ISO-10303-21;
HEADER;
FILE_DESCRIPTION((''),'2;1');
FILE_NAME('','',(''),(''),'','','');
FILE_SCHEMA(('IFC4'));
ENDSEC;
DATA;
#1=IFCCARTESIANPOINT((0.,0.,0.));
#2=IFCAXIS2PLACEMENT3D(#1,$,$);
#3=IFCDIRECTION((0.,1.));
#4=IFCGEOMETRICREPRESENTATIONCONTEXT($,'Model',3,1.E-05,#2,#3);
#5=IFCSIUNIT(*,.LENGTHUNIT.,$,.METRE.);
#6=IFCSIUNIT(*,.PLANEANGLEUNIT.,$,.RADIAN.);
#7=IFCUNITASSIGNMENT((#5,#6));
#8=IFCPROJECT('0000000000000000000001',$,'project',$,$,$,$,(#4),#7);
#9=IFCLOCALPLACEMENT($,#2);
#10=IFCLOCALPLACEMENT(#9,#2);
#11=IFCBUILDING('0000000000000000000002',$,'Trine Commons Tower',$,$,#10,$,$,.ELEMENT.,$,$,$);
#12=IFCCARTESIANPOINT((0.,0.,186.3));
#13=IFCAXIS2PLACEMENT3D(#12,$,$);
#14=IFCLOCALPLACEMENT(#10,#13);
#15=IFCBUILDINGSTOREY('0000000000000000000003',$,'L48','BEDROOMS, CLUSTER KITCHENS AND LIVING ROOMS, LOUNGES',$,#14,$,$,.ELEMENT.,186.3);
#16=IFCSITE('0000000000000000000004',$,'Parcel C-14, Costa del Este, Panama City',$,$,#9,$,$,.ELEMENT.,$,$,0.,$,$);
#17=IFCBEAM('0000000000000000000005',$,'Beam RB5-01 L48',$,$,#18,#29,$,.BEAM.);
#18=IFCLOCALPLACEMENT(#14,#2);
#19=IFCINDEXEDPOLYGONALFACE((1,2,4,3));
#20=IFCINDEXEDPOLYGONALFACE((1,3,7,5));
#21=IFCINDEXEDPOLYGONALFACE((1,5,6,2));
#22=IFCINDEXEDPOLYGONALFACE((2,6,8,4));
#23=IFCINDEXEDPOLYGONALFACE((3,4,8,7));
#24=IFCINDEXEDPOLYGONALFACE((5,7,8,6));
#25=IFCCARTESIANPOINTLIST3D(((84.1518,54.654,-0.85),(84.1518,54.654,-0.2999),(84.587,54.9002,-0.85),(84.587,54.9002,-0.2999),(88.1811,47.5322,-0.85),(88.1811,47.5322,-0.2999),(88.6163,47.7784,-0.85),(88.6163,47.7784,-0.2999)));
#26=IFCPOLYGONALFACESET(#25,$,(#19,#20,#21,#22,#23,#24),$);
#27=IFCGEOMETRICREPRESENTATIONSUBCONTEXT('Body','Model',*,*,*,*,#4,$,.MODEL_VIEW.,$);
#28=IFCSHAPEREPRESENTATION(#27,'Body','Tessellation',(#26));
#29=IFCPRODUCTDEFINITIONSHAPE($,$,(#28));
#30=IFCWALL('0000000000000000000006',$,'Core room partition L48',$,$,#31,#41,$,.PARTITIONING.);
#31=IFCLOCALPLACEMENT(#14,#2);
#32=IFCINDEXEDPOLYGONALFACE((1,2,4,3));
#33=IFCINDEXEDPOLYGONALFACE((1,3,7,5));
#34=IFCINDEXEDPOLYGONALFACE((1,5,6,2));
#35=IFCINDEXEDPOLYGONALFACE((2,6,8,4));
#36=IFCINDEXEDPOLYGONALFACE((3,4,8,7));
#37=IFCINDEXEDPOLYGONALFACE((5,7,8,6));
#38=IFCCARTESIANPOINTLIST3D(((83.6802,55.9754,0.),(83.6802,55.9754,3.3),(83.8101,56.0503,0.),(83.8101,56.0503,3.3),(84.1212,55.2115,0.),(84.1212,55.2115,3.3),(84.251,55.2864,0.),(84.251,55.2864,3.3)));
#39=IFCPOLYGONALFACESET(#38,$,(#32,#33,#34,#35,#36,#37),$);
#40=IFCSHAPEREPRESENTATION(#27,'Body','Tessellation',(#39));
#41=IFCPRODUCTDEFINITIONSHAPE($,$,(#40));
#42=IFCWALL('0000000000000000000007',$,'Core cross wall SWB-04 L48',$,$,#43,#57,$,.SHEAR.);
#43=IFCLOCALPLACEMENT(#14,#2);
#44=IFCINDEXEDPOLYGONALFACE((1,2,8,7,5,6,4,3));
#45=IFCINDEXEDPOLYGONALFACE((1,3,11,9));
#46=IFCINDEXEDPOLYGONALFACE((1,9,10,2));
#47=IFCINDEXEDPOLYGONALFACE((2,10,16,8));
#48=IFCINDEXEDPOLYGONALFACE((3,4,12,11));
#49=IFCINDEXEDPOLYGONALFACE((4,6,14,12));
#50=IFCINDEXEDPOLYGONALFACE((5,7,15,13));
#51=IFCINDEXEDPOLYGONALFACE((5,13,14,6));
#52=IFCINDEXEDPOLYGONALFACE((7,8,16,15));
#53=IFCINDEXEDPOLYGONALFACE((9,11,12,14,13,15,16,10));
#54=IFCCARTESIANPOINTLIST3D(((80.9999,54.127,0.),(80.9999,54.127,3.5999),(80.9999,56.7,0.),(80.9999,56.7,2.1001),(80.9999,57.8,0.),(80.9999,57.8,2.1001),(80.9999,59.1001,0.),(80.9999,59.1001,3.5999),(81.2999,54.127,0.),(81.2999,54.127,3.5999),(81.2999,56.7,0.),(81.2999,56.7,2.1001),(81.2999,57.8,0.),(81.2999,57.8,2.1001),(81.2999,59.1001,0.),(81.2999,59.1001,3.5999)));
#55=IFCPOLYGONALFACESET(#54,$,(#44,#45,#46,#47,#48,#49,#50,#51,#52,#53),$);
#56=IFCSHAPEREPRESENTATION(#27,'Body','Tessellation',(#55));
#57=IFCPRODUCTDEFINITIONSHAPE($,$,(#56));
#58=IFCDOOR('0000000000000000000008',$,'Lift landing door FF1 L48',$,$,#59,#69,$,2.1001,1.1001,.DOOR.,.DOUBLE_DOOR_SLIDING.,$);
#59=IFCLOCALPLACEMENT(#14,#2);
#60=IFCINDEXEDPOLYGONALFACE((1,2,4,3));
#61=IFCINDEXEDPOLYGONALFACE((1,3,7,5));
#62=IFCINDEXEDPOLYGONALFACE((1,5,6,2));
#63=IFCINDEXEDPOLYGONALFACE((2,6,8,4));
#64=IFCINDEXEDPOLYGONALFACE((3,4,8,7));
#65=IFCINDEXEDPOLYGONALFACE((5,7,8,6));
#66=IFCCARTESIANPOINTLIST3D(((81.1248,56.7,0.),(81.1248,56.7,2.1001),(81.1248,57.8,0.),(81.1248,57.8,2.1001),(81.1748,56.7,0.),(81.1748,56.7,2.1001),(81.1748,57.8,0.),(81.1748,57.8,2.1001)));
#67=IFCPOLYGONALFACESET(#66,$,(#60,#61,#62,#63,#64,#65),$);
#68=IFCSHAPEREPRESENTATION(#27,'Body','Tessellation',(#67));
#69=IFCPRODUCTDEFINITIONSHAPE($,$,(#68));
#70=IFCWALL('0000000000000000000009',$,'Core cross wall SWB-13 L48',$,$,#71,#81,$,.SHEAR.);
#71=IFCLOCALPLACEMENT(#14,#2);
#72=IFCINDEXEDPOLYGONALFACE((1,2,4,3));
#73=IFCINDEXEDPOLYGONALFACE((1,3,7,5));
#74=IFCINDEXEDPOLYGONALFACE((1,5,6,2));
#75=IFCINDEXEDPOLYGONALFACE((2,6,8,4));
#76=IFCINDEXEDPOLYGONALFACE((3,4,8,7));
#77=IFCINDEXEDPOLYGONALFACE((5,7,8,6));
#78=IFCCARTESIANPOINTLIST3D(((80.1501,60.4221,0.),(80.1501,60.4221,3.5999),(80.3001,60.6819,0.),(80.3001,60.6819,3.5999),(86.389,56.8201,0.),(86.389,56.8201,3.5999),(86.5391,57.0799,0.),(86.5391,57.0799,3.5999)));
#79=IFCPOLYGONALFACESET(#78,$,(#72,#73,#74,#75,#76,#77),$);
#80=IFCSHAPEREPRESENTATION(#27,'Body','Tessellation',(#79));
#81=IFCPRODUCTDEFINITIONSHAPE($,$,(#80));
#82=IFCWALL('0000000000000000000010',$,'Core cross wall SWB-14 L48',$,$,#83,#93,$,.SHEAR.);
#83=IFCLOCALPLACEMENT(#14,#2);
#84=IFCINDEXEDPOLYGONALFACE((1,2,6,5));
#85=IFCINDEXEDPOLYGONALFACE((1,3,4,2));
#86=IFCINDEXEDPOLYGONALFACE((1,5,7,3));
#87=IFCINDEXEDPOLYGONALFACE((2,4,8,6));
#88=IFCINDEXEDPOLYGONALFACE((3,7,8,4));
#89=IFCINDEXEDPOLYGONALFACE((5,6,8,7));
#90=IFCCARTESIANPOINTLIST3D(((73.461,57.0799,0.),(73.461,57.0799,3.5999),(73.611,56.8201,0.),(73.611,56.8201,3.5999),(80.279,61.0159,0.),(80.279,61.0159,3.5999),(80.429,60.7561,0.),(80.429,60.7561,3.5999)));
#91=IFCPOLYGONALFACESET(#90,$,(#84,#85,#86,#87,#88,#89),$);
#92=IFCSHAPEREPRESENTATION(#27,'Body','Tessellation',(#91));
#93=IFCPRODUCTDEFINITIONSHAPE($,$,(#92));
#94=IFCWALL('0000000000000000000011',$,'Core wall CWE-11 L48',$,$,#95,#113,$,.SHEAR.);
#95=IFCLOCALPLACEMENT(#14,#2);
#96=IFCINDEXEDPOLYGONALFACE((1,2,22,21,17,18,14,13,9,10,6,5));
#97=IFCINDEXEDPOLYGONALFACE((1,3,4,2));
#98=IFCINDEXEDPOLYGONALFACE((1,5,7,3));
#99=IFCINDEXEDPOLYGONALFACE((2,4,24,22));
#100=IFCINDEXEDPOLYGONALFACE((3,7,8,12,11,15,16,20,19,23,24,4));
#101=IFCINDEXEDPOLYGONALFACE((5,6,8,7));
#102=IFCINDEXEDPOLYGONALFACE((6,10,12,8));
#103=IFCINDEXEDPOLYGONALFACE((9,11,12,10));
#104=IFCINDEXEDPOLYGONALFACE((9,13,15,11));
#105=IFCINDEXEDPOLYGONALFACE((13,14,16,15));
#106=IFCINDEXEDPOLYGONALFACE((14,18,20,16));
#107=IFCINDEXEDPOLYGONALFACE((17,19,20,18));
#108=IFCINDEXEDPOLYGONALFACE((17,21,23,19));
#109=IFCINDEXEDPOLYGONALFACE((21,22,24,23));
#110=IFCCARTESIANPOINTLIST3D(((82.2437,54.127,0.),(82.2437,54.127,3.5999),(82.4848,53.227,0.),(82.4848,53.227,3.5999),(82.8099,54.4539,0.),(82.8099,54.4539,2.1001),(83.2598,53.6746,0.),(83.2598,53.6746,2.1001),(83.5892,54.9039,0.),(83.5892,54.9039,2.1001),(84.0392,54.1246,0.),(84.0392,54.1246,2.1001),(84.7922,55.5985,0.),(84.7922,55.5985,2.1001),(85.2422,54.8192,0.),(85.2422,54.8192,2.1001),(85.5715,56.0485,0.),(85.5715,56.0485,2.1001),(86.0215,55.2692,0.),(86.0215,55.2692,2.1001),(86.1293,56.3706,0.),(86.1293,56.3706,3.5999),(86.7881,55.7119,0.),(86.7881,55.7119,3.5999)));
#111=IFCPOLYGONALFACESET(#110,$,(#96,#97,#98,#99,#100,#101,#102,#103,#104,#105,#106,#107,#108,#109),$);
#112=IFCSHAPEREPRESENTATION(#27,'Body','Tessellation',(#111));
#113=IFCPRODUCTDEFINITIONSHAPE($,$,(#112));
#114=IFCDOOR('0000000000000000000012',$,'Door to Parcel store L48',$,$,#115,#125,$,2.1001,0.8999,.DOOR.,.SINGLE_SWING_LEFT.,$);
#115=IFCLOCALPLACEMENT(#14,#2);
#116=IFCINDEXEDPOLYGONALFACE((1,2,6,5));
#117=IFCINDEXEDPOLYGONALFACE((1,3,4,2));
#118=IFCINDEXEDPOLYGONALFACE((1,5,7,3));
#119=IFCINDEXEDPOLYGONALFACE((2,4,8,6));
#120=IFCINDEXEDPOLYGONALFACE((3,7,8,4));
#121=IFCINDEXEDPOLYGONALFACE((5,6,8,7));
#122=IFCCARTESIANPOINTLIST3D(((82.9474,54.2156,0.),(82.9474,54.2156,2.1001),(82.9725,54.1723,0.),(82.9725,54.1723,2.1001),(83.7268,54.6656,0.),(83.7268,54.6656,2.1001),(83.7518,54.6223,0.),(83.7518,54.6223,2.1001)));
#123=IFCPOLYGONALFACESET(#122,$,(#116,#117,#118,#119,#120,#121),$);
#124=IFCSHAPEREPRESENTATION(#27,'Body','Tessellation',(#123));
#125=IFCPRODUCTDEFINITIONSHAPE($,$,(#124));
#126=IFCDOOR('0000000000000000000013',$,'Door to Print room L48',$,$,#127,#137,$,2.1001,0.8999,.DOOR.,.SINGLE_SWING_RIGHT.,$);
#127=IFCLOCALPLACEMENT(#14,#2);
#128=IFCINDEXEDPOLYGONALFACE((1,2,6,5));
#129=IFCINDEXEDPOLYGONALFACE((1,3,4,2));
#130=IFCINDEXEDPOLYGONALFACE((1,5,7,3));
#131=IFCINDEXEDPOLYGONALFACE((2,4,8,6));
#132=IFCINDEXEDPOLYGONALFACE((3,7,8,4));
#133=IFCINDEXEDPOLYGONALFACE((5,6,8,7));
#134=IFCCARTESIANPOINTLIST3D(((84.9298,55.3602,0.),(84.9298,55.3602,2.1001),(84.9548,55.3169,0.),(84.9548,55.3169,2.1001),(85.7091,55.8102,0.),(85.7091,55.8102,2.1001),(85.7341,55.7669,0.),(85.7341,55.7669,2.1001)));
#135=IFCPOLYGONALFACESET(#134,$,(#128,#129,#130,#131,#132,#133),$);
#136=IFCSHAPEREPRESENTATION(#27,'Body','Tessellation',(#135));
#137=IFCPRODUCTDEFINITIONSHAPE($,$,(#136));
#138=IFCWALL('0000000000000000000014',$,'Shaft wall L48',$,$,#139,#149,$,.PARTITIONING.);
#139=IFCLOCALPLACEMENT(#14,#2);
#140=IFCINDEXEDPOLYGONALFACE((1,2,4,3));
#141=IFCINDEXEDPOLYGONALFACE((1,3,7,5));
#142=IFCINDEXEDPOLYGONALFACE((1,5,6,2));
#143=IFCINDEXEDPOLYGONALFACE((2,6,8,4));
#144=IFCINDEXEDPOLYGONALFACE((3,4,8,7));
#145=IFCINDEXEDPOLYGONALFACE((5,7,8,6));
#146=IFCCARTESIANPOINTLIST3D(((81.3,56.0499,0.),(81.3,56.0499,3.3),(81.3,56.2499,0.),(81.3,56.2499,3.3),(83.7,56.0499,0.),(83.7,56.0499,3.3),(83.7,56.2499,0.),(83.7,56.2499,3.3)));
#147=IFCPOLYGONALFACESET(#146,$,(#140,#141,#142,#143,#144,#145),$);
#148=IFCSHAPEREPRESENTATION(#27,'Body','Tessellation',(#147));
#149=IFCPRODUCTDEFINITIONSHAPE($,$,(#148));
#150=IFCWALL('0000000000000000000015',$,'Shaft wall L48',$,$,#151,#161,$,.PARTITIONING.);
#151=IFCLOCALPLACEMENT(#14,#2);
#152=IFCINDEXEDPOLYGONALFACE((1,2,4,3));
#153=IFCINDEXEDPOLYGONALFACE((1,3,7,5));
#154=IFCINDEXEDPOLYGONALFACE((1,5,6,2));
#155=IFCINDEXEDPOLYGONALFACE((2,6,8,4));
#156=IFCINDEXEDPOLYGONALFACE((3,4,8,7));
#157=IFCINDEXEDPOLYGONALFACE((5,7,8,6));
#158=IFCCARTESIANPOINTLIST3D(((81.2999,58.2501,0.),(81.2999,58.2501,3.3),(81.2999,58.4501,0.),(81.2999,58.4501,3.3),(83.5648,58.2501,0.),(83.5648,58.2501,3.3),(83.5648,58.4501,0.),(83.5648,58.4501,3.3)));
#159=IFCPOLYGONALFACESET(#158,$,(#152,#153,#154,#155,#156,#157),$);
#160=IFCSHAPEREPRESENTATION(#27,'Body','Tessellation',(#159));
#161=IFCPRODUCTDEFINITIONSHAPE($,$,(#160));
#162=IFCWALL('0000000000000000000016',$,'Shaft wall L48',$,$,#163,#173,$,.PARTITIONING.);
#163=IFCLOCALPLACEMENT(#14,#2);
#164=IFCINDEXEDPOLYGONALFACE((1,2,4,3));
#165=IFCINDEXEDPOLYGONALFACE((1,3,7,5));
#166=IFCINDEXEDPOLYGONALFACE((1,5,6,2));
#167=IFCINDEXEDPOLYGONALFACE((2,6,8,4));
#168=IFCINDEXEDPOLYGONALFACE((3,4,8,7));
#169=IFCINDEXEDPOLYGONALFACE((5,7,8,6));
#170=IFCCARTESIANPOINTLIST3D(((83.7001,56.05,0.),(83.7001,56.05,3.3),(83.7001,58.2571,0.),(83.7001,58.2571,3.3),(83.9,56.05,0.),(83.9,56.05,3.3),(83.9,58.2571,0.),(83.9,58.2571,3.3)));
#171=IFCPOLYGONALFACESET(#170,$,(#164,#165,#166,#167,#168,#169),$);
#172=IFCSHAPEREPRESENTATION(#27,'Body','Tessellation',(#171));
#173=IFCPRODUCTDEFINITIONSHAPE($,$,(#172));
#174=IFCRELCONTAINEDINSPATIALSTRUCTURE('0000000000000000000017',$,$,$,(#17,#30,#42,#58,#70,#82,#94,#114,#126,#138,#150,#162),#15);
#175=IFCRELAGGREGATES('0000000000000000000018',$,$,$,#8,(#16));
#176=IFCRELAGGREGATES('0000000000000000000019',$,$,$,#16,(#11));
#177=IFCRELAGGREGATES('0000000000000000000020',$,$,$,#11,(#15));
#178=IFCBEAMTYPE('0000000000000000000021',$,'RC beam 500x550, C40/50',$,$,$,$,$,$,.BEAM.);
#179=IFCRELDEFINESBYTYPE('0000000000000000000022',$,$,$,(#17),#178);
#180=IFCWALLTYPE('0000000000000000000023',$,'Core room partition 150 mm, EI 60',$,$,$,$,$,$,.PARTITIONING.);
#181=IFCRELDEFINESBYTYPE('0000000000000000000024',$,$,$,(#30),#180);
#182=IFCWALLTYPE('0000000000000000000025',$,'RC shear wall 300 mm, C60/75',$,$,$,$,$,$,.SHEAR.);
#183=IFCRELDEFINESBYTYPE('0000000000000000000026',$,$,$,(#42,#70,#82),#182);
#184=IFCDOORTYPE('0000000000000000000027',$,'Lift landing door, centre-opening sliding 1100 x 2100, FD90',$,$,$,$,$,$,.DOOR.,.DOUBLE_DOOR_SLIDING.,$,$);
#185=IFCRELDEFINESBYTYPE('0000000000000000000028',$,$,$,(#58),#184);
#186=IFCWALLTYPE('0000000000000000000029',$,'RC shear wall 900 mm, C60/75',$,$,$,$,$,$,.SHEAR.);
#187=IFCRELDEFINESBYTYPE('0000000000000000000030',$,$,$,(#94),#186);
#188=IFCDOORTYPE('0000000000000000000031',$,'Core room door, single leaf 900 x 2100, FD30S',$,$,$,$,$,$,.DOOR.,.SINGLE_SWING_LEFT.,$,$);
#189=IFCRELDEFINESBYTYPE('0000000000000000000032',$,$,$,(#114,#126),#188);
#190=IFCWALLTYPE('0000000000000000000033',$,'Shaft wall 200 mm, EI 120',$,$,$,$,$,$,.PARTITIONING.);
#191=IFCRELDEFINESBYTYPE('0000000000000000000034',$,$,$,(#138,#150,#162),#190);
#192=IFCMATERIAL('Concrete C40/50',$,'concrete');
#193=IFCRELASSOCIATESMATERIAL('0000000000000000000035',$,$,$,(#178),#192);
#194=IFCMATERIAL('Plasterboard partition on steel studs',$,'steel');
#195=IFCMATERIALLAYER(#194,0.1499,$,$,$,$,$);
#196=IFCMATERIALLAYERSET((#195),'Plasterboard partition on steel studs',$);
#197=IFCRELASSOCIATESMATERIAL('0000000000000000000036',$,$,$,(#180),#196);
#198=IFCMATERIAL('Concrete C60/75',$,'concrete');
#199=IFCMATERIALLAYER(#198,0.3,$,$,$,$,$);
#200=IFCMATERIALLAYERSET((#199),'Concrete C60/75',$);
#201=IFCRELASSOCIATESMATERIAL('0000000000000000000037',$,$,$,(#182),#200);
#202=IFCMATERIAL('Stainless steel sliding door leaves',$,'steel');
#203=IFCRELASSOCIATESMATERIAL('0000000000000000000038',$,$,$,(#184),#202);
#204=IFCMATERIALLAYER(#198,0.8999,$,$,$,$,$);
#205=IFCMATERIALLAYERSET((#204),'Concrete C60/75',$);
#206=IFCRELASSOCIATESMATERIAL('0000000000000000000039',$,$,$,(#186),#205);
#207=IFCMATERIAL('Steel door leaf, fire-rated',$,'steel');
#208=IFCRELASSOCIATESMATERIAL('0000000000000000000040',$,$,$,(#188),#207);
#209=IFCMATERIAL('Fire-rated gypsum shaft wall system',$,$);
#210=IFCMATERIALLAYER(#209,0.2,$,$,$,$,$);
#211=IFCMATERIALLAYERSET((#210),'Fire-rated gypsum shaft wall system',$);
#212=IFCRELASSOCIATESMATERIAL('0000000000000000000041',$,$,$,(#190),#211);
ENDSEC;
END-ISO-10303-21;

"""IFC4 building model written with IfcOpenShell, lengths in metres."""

from ifc_helpers import new_model, si_unit, direction, frame, frame_2d, origin, origin_2d, place, context, subcontext, project, spatial, polyline, rectangle, outline, extrude, material, layer, layer_set, material_profile, profile_set, type_object, element, fill, save


model = new_model("IFC4")

# Units and contexts
model_context = context("Model", 3, precision=1e-05, world=origin(), true_north=direction((0.0, 1.0)))
body_context = subcontext(model_context, "Body", "Model", "MODEL_VIEW")
ifc_project = project(units=[si_unit("LENGTHUNIT", "METRE"), si_unit("PLANEANGLEUNIT", "RADIAN")], contexts=[model_context])

# Site, building, storey
site_placement = place(None, origin())
site = spatial("IfcSite", under=ifc_project, at=site_placement, Name="Parcel C-14, Costa del Este, Panama City", CompositionType="ELEMENT", RefElevation=0.0)
building_placement = place(site_placement, origin())
building = spatial("IfcBuilding", under=site, at=building_placement, Name="Trine Commons Tower", CompositionType="ELEMENT")
storey_placement = place(building_placement, frame((0.0, 0.0, 186.3)))
storey = spatial("IfcBuildingStorey", under=building, at=storey_placement, Name="L48", Description="BEDROOMS, CLUSTER KITCHENS AND LIVING ROOMS, LOUNGES", CompositionType="ELEMENT", Elevation=186.3)

# Beam
ifc_material_1 = material(Name="Concrete C40/50", Category="concrete")
ifc_material_profile = material_profile(ifc_material_1, rectangle(XDim=0.5, YDim=0.55, at=origin_2d()), Name="RC 500x550")
ifc_profile_set = profile_set([ifc_material_profile], Name="Concrete C40/50")
beam_type = type_object("IfcBeamType", Name="RC beam 500x550, C40/50", PredefinedType="BEAM", material=ifc_profile_set)
beam_placement = place(storey_placement, frame((84.3694, 54.7771, -0.575), z_axis=(0.49242, -0.870358, 0.0), x_axis=(0.870358, 0.49242, 0.0)))
element("IfcBeam", 1, at=beam_placement, inside=storey, type_object=beam_type, Name="Beam RB5-01 L48", PredefinedType="BEAM", context=body_context, shape_type="SweptSolid", body=[
    extrude(rectangle(XDim=0.5, YDim=0.55, at=origin_2d()), origin(), (0.0, 0.0, 1.0), 8.1826),
])

# Wall
ifc_material_2 = material(Name="Plasterboard partition on steel studs", Category="steel")
ifc_layer_1 = layer(ifc_material_2, 0.1499)
ifc_layer_set_1 = layer_set([ifc_layer_1], Name="Plasterboard partition on steel studs")
wall_type_1 = type_object("IfcWallType", Name="Core room partition 150 mm, EI 60", PredefinedType="PARTITIONING", material=ifc_layer_set_1)
wall_1_placement = place(storey_placement, frame((84.186, 55.249, 0.0), z_axis=(0.0, 0.0, 1.0), x_axis=(-0.49989, 0.866089, 0.0)))
element("IfcWall", 2, at=wall_1_placement, inside=storey, type_object=wall_type_1, Name="Core room partition L48", PredefinedType="PARTITIONING", context=body_context, shape_type="SweptSolid", body=[
    extrude(rectangle(XDim=0.8821, YDim=0.1499, at=frame_2d((0.4409, 0.0))), origin(), (0.0, 0.0, 1.0), 3.3),
])

# Wall, opening, door
ifc_material_3 = material(Name="Concrete C60/75", Category="concrete")
ifc_layer_2 = layer(ifc_material_3, 0.3)
ifc_layer_set_2 = layer_set([ifc_layer_2], Name="Concrete C60/75")
wall_type_2 = type_object("IfcWallType", Name="RC shear wall 300 mm, C60/75", PredefinedType="SHEAR", material=ifc_layer_set_2)
wall_2_placement = place(storey_placement, frame((81.1499, 59.1001, 0.0), z_axis=(0.0, 0.0, 1.0), x_axis=(0.0, -1.0, 0.0)))
wall_2 = element("IfcWall", 3, at=wall_2_placement, inside=storey, type_object=wall_type_2, Name="Core cross wall SWB-04 L48", PredefinedType="SHEAR", context=body_context, shape_type="SweptSolid", body=[
    extrude(rectangle(XDim=4.9731, YDim=0.3, at=frame_2d((2.4866, 0.0))), origin(), (0.0, 0.0, 1.0), 3.5999),
])
opening_1_placement = place(wall_2_placement, frame((1.3, 0.0, 0.0)))
opening_1 = element("IfcOpeningElement", 4, at=opening_1_placement, cuts=wall_2, PredefinedType="OPENING", context=body_context, shape_type="SweptSolid", body=[
    extrude(rectangle(XDim=1.1001, YDim=2.1001, at=frame_2d((0.55, 1.05))), frame((0.0, 0.1599, 0.0), z_axis=(0.0, -1.0, 0.0), x_axis=(1.0, 0.0, 0.0)), (0.0, 0.0, 1.0), 0.3201),
])
ifc_material_4 = material(Name="Stainless steel sliding door leaves", Category="steel")
door_type_1 = type_object("IfcDoorType", Name="Lift landing door, centre-opening sliding 1100 x 2100, FD90", OperationType="DOUBLE_DOOR_SLIDING", PredefinedType="DOOR", material=ifc_material_4)
door_1_placement = place(opening_1_placement, origin())
door_1 = element("IfcDoor", 5, at=door_1_placement, inside=storey, type_object=door_type_1, Name="Lift landing door FF1 L48", OperationType="DOUBLE_DOOR_SLIDING", OverallHeight=2.1001, OverallWidth=1.1001, PredefinedType="DOOR", context=body_context, shape_type="SweptSolid", body=[
    extrude(rectangle(XDim=1.1001, YDim=2.1001, at=frame_2d((0.55, 1.05))), frame((0.0, 0.0249, 0.0), z_axis=(0.0, -1.0, 0.0), x_axis=(1.0, 0.0, 0.0)), (0.0, 0.0, 1.0), 0.05),
])
fill(opening_1, door_1)

# Walls
wall_3_placement = place(storey_placement, frame((80.2251, 60.552, 0.0), z_axis=(0.0, 0.0, 1.0), x_axis=(0.866028, -0.499995, 0.0)))
element("IfcWall", 6, at=wall_3_placement, inside=storey, type_object=wall_type_2, Name="Core cross wall SWB-13 L48", PredefinedType="SHEAR", context=body_context, shape_type="SweptSolid", body=[
    extrude(rectangle(XDim=7.2041, YDim=0.3, at=frame_2d((3.6021, 0.0))), origin(), (0.0, 0.0, 1.0), 3.5999),
])
wall_4_placement = place(storey_placement, frame((80.354, 60.886, 0.0), z_axis=(0.0, 0.0, 1.0), x_axis=(-0.866048, -0.499961, 0.0)))
element("IfcWall", 7, at=wall_4_placement, inside=storey, type_object=wall_type_2, Name="Core cross wall SWB-14 L48", PredefinedType="SHEAR", context=body_context, shape_type="SweptSolid", body=[
    extrude(rectangle(XDim=7.8726, YDim=0.3, at=frame_2d((3.9363, 0.0))), origin(), (0.0, 0.0, 1.0), 3.5999),
])

# Wall, openings, doors
ifc_layer_3 = layer(ifc_material_3, 0.8999)
ifc_layer_set_3 = layer_set([ifc_layer_3], Name="Concrete C60/75")
wall_type_3 = type_object("IfcWallType", Name="RC shear wall 900 mm, C60/75", PredefinedType="SHEAR", material=ifc_layer_set_3)
wall_5_placement = place(storey_placement, frame((82.2598, 53.6167, 0.0), z_axis=(0.0, 0.0, 1.0), x_axis=(0.866003, 0.500039, 0.0)))
wall_5 = element("IfcWall", 8, at=wall_5_placement, inside=storey, type_object=wall_type_3, Name="Core wall CWE-11 L48", PredefinedType="SHEAR", context=body_context, shape_type="SweptSolid", body=[
    extrude(outline(polyline([(0.0, -0.45), (4.9692, -0.45), (4.728, 0.45), (0.2412, 0.45), (0.0, -0.45)])), origin(), (0.0, 0.0, 1.0), 3.5999),
])
opening_2_placement = place(wall_5_placement, frame((0.895, 0.0, 0.0)))
opening_2 = element("IfcOpeningElement", 9, at=opening_2_placement, cuts=wall_5, PredefinedType="OPENING", context=body_context, shape_type="SweptSolid", body=[
    extrude(rectangle(XDim=0.8999, YDim=2.1001, at=frame_2d((0.45, 1.05))), frame((0.0, 0.46, 0.0), z_axis=(0.0, -1.0, 0.0), x_axis=(1.0, 0.0, 0.0)), (0.0, 0.0, 1.0), 0.9199),
])
opening_3_placement = place(wall_5_placement, frame((3.1841, 0.0, 0.0)))
opening_3 = element("IfcOpeningElement", 10, at=opening_3_placement, cuts=wall_5, PredefinedType="OPENING", context=body_context, shape_type="SweptSolid", body=[
    extrude(rectangle(XDim=0.8999, YDim=2.1001, at=frame_2d((0.45, 1.05))), frame((0.0, 0.46, 0.0), z_axis=(0.0, -1.0, 0.0), x_axis=(1.0, 0.0, 0.0)), (0.0, 0.0, 1.0), 0.9199),
])
ifc_material_5 = material(Name="Steel door leaf, fire-rated", Category="steel")
door_type_2 = type_object("IfcDoorType", Name="Core room door, single leaf 900 x 2100, FD30S", OperationType="SINGLE_SWING_LEFT", PredefinedType="DOOR", material=ifc_material_5)
door_2_placement = place(opening_2_placement, origin())
door_2 = element("IfcDoor", 11, at=door_2_placement, inside=storey, type_object=door_type_2, Name="Door to Parcel store L48", OperationType="SINGLE_SWING_LEFT", OverallHeight=2.1001, OverallWidth=0.8999, PredefinedType="DOOR", context=body_context, shape_type="SweptSolid", body=[
    extrude(rectangle(XDim=0.8999, YDim=2.1001, at=frame_2d((0.45, 1.05))), frame((0.0, 0.1748, 0.0), z_axis=(0.0, -1.0, 0.0), x_axis=(1.0, 0.0, 0.0)), (0.0, 0.0, 1.0), 0.05),
])
fill(opening_2, door_2)
door_3_placement = place(opening_3_placement, origin())
door_3 = element("IfcDoor", 12, at=door_3_placement, inside=storey, type_object=door_type_2, Name="Door to Print room L48", OperationType="SINGLE_SWING_RIGHT", OverallHeight=2.1001, OverallWidth=0.8999, PredefinedType="DOOR", context=body_context, shape_type="SweptSolid", body=[
    extrude(rectangle(XDim=0.8999, YDim=2.1001, at=frame_2d((0.45, 1.05))), frame((0.0, 0.1748, 0.0), z_axis=(0.0, -1.0, 0.0), x_axis=(1.0, 0.0, 0.0)), (0.0, 0.0, 1.0), 0.05),
])
fill(opening_3, door_3)

# Walls
ifc_material_6 = material(Name="Fire-rated gypsum shaft wall system")
ifc_layer_4 = layer(ifc_material_6, 0.2)
ifc_layer_set_4 = layer_set([ifc_layer_4], Name="Fire-rated gypsum shaft wall system")
wall_type_4 = type_object("IfcWallType", Name="Shaft wall 200 mm, EI 120", PredefinedType="PARTITIONING", material=ifc_layer_set_4)
wall_6_placement = place(storey_placement, frame((81.3, 56.1499, 0.0), z_axis=(0.0, 0.0, 1.0), x_axis=(1.0, 0.0, 0.0)))
element("IfcWall", 13, at=wall_6_placement, inside=storey, type_object=wall_type_4, Name="Shaft wall L48", PredefinedType="PARTITIONING", context=body_context, shape_type="SweptSolid", body=[
    extrude(rectangle(XDim=2.3999, YDim=0.2, at=frame_2d((1.2, 0.0))), origin(), (0.0, 0.0, 1.0), 3.3),
])
wall_7_placement = place(storey_placement, frame((81.3, 58.3501, 0.0), z_axis=(0.0, 0.0, 1.0), x_axis=(1.0, 0.0, 0.0)))
element("IfcWall", 14, at=wall_7_placement, inside=storey, type_object=wall_type_4, Name="Shaft wall L48", PredefinedType="PARTITIONING", context=body_context, shape_type="SweptSolid", body=[
    extrude(rectangle(XDim=2.2649, YDim=0.2, at=frame_2d((1.1323, 0.0))), origin(), (0.0, 0.0, 1.0), 3.3),
])
wall_8_placement = place(storey_placement, frame((83.8, 58.2571, 0.0), z_axis=(0.0, 0.0, 1.0), x_axis=(0.0, -1.0, 0.0)))
element("IfcWall", 15, at=wall_8_placement, inside=storey, type_object=wall_type_4, Name="Shaft wall L48", PredefinedType="PARTITIONING", context=body_context, shape_type="SweptSolid", body=[
    extrude(rectangle(XDim=2.207, YDim=0.2, at=frame_2d((1.1035, 0.0))), origin(), (0.0, 0.0, 1.0), 3.3),
])

save(model, "model.ifc")
